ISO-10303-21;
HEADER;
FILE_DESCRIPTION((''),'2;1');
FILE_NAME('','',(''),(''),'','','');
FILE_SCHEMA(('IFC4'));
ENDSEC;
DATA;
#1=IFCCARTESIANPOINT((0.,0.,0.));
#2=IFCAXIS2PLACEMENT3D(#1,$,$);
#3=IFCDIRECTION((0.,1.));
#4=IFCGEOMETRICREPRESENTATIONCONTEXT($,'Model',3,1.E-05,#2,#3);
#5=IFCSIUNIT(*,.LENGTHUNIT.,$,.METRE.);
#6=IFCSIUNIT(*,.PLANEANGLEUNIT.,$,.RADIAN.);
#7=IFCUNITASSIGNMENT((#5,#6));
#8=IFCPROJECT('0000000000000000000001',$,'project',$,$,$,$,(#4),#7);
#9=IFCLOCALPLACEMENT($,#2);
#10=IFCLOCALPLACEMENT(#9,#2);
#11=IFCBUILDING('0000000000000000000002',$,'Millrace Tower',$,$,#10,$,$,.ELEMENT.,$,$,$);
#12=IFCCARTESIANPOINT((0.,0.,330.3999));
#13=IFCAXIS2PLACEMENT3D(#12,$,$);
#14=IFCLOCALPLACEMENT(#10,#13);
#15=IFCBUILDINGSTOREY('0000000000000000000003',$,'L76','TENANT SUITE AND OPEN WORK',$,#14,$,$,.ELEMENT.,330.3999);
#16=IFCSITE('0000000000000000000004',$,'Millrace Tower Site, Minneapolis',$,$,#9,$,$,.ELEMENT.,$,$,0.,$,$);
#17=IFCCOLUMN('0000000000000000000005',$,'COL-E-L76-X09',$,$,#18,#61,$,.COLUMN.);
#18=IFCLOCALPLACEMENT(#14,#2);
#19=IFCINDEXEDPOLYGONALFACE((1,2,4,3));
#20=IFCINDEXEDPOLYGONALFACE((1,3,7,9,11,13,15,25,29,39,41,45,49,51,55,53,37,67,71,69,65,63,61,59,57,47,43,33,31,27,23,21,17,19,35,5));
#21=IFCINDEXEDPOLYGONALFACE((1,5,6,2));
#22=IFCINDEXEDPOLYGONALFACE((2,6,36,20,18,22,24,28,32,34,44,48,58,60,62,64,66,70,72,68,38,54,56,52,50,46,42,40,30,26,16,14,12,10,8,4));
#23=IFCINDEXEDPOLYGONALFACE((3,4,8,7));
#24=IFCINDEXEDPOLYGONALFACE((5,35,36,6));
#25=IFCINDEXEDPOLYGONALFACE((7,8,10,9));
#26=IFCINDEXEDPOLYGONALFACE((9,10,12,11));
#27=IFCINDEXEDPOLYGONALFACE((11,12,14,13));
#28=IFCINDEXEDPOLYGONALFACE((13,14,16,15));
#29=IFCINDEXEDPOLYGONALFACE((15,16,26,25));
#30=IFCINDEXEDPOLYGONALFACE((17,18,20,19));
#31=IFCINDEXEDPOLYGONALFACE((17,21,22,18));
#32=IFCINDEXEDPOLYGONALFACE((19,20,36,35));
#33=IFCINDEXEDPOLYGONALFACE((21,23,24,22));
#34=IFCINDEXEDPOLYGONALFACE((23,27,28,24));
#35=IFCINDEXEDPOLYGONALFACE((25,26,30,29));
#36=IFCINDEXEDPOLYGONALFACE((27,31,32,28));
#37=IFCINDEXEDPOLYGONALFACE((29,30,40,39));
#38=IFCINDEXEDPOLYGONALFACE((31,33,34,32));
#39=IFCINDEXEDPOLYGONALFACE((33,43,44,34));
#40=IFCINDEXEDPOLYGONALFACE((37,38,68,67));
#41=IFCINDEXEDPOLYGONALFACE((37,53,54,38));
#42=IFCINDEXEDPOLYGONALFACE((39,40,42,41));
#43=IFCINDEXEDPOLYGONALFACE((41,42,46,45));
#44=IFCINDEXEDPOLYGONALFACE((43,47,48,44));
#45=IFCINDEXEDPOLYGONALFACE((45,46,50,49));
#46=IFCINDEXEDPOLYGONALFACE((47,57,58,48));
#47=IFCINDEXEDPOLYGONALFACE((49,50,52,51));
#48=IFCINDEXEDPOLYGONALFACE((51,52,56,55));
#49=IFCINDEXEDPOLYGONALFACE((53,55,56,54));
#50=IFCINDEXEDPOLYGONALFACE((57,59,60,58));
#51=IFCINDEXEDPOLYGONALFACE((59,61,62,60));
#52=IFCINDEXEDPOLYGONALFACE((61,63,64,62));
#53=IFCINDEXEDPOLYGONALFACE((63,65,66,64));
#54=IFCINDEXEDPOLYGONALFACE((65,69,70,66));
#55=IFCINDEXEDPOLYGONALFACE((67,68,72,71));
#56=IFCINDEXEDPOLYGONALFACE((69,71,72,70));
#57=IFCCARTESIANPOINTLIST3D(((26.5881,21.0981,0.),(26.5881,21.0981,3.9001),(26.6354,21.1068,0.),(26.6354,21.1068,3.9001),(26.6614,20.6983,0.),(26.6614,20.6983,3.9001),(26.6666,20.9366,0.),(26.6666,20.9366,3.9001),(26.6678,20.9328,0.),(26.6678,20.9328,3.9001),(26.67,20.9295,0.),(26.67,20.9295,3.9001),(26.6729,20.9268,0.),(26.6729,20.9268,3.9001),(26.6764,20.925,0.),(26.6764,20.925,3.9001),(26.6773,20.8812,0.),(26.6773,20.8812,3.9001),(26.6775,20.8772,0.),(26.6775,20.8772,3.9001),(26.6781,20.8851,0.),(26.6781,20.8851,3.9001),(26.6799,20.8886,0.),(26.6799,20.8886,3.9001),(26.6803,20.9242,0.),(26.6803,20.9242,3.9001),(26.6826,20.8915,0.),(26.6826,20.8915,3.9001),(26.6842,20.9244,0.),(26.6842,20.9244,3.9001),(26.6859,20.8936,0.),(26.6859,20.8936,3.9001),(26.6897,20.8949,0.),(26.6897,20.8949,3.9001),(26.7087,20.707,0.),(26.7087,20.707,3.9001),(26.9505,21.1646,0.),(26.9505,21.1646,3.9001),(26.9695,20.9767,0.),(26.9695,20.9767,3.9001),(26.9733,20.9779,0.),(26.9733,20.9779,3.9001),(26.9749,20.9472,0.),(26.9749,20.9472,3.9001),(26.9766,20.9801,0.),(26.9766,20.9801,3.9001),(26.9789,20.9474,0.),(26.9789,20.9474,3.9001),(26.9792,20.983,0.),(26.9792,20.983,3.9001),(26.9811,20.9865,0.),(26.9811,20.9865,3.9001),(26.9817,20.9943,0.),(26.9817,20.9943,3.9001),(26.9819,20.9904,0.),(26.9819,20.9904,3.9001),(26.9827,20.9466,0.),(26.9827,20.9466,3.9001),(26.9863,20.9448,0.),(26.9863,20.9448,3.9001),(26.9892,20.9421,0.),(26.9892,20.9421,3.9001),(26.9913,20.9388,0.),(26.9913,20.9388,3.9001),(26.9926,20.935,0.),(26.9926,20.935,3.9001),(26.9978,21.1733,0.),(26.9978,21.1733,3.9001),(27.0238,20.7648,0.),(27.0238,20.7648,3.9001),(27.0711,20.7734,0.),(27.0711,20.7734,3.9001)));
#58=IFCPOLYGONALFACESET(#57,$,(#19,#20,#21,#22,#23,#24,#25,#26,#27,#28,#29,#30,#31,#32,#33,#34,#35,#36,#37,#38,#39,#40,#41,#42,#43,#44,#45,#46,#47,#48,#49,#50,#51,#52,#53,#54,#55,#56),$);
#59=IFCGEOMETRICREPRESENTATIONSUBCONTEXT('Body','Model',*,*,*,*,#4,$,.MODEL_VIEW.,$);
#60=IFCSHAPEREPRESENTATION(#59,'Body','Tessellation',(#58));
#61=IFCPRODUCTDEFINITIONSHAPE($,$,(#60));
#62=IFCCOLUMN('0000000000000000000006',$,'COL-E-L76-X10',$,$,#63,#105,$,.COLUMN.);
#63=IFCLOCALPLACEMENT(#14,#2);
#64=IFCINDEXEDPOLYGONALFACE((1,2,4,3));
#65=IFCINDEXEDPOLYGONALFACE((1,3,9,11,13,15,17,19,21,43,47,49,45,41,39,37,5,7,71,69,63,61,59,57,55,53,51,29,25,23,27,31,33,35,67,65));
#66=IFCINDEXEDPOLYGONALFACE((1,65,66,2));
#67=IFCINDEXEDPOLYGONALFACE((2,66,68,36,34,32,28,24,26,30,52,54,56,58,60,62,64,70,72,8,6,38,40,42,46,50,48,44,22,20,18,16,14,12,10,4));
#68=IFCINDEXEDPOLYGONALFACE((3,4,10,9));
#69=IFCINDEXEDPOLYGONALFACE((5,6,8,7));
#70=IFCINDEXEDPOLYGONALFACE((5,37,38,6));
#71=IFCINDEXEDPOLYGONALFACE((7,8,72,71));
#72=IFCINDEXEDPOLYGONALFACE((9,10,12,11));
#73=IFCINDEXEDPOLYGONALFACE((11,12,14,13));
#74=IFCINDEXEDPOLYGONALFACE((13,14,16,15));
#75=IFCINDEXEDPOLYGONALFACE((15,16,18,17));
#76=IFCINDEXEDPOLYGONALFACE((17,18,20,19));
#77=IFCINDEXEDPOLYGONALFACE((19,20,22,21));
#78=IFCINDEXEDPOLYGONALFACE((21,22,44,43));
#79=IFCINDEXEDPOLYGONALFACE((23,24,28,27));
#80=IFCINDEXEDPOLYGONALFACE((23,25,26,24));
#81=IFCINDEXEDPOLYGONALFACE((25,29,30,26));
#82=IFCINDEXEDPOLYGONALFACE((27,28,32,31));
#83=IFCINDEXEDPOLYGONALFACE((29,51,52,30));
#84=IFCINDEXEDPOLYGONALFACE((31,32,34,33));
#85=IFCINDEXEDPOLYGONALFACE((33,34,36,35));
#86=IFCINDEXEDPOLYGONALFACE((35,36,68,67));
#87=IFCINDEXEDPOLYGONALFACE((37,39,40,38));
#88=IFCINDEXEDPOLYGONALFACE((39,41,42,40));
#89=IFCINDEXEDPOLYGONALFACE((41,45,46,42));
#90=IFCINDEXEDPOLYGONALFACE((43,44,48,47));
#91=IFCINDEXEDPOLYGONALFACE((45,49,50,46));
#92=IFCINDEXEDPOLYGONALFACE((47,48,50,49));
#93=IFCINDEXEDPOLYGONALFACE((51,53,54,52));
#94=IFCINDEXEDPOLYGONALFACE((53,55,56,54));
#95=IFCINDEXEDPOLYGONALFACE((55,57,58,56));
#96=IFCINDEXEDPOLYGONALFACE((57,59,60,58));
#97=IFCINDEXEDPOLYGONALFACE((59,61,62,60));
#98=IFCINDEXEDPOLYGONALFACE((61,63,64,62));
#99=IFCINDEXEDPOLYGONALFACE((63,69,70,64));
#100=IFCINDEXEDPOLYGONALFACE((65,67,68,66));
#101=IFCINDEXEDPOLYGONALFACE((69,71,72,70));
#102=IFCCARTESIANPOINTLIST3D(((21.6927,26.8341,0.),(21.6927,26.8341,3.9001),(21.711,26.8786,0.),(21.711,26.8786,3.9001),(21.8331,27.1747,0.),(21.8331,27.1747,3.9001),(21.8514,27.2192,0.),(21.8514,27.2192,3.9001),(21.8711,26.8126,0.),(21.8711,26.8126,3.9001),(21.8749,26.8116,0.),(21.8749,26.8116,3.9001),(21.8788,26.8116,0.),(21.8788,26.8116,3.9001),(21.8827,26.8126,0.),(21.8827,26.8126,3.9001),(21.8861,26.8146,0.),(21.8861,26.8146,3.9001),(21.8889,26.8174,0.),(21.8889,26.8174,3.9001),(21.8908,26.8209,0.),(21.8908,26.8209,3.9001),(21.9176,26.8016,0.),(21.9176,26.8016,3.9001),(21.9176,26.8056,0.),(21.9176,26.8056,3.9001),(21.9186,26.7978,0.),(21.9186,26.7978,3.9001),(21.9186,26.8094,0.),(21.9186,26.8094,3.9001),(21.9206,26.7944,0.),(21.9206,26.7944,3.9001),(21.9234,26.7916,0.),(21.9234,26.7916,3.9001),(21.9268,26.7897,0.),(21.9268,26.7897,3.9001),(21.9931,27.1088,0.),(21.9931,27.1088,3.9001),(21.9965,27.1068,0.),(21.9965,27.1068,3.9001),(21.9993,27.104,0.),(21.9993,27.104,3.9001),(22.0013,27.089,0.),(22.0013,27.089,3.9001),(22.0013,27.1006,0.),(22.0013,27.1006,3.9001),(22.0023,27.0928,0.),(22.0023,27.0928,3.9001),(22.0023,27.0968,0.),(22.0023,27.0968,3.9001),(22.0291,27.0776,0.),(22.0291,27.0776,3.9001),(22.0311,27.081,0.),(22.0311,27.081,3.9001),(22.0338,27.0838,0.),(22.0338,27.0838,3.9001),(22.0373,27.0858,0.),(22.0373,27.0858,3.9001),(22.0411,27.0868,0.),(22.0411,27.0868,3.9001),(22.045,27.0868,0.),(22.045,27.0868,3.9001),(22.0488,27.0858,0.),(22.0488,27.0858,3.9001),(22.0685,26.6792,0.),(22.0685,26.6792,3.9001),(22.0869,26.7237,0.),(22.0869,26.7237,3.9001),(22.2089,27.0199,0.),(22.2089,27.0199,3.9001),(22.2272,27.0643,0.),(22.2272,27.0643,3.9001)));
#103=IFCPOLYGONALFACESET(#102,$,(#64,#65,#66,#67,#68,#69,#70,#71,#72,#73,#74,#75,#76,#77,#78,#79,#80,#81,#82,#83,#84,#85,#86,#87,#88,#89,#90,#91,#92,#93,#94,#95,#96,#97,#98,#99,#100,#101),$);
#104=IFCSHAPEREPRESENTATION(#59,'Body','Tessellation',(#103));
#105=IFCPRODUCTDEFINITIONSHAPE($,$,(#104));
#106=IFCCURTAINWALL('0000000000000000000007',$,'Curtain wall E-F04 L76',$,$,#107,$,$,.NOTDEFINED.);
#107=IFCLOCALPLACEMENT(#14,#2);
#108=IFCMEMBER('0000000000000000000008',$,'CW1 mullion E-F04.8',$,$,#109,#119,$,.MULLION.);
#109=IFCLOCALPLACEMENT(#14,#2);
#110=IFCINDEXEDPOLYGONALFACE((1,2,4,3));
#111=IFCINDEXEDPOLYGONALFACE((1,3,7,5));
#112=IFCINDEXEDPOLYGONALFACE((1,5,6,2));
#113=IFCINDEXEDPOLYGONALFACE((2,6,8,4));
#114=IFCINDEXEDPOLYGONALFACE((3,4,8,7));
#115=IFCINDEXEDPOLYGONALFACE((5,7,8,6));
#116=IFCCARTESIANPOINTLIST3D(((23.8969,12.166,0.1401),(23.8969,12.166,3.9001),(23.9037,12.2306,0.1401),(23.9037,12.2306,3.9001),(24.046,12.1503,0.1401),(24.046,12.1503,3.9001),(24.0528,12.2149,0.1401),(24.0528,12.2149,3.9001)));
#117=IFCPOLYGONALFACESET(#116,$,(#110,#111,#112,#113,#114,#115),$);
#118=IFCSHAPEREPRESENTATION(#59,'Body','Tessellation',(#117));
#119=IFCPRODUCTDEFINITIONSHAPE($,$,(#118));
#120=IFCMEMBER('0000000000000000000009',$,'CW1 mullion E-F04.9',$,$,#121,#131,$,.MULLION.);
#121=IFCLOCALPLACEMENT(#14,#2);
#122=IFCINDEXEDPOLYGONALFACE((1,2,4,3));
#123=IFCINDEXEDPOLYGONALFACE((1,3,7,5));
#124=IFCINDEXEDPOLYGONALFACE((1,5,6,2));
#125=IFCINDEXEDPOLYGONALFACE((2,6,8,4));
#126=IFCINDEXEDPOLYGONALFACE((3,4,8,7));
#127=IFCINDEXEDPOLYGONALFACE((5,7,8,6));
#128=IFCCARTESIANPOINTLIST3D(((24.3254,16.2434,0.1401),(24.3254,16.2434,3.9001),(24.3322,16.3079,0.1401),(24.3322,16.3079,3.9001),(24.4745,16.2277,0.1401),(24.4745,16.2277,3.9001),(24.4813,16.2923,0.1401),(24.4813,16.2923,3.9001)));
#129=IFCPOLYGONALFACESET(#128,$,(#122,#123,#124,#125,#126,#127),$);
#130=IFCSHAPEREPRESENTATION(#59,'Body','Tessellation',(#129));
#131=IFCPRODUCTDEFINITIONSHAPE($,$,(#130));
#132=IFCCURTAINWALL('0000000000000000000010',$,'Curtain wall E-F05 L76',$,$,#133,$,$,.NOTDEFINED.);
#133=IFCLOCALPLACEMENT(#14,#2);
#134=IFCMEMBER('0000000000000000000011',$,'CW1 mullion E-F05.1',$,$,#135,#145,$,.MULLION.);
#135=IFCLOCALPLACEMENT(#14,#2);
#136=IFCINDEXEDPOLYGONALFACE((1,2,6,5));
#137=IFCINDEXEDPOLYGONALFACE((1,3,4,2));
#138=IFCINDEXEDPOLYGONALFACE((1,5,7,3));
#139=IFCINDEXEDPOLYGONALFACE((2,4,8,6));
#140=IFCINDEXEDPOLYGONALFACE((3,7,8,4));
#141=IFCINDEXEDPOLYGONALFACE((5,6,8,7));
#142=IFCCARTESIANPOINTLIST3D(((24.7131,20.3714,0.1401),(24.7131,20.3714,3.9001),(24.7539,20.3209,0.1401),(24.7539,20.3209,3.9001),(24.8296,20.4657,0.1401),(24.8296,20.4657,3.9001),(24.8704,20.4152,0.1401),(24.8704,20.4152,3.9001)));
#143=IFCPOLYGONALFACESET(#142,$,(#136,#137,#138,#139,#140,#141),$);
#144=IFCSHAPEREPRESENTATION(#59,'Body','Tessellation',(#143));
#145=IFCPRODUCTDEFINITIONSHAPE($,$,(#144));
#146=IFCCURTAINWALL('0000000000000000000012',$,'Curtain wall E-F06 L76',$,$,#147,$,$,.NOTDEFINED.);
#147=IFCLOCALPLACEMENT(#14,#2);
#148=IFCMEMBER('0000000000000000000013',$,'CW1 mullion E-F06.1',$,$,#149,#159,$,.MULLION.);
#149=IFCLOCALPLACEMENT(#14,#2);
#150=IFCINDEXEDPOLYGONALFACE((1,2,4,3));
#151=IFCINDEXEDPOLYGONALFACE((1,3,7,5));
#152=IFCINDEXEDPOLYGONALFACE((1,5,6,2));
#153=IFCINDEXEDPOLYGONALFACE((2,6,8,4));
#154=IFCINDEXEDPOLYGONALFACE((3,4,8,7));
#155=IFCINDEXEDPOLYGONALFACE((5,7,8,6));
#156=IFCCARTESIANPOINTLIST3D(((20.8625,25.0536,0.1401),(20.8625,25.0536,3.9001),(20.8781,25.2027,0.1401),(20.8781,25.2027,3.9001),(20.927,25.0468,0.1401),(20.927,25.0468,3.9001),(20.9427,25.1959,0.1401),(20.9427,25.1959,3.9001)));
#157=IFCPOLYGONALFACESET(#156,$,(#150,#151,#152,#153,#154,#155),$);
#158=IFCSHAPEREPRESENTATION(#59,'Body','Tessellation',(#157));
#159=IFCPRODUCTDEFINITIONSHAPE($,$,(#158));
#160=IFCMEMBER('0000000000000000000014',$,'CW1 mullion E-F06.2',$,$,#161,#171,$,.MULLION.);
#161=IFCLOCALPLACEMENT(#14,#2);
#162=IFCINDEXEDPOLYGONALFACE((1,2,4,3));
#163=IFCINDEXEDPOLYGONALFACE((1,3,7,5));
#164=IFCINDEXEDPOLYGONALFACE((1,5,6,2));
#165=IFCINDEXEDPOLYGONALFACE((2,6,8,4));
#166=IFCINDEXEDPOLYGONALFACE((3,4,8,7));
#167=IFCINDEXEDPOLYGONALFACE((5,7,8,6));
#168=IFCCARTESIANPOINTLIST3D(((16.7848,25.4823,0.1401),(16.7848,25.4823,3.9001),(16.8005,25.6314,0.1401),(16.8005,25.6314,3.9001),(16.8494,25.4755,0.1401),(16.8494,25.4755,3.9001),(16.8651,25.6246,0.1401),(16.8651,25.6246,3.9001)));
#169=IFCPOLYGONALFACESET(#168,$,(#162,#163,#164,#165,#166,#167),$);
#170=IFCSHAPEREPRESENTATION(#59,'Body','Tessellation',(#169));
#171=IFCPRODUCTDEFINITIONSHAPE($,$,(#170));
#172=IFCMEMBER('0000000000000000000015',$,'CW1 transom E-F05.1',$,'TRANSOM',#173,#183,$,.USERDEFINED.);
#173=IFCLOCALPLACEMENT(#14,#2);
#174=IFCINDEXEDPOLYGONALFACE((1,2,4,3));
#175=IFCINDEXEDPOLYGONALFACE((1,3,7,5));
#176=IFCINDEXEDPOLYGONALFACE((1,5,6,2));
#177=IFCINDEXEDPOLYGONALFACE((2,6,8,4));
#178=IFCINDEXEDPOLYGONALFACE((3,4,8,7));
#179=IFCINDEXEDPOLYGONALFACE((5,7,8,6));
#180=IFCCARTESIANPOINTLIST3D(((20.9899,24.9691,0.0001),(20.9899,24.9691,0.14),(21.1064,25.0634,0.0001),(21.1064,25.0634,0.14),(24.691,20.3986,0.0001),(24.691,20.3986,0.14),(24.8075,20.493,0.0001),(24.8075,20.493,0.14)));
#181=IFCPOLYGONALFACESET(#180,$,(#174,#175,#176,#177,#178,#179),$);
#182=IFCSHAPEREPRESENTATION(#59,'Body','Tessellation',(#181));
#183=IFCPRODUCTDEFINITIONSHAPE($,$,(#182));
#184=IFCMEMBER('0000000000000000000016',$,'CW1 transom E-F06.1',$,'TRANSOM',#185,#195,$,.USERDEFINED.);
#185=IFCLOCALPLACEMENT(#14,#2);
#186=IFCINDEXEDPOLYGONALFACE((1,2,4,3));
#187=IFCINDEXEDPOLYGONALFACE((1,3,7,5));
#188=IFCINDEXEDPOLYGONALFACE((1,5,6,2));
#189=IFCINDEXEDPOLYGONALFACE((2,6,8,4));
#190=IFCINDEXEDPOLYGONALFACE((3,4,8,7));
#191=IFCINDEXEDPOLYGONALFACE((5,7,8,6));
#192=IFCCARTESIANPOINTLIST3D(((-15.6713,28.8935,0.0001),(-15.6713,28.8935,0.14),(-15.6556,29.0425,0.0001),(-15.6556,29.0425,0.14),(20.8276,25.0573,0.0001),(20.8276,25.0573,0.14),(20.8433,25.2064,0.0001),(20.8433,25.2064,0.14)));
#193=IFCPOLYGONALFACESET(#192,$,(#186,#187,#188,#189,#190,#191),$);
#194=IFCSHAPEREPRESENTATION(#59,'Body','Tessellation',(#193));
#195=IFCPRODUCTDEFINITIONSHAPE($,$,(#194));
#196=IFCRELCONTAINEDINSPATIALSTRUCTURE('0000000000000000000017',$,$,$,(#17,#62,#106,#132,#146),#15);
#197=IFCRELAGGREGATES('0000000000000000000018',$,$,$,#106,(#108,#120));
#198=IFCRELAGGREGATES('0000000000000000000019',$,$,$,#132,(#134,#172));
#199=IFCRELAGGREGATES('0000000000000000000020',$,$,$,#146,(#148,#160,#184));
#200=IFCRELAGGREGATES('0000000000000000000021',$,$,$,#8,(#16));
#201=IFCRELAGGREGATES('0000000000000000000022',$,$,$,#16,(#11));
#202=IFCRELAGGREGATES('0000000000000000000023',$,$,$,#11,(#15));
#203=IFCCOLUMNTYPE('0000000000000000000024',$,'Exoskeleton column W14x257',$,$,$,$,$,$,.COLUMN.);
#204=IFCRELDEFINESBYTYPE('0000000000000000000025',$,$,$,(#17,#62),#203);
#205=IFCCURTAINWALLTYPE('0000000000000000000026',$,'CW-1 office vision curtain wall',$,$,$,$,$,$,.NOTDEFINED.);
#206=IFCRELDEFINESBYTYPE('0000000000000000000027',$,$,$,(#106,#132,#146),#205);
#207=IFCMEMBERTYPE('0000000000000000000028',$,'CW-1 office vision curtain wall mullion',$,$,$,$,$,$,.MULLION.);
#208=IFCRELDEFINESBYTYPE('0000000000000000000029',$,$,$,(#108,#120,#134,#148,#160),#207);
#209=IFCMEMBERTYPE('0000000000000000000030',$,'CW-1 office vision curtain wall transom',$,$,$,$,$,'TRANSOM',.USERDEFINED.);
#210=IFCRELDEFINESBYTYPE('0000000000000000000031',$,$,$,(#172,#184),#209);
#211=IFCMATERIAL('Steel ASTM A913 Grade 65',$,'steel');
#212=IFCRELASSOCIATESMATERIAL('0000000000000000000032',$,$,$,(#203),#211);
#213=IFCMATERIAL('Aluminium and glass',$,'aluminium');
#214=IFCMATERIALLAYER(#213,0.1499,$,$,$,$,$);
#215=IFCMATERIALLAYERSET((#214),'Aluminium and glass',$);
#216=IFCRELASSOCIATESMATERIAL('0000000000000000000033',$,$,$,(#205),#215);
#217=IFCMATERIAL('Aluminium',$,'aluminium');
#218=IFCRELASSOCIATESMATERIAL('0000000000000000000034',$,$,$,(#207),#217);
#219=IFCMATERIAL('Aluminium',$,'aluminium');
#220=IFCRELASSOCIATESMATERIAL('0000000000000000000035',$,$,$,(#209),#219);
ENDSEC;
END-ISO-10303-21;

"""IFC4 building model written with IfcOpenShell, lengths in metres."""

from ifc_helpers import new_model, si_unit, direction, frame, origin, origin_2d, place, context, subcontext, project, spatial, rectangle, i_section, extrude, material, layer, layer_set, material_profile, profile_set, type_object, element, aggregate, save


model = new_model("IFC4")

# Units and contexts
model_context = context("Model", 3, precision=1e-05, world=origin(), true_north=direction((0.0, 1.0)))
body_context = subcontext(model_context, "Body", "Model", "MODEL_VIEW")
ifc_project = project(units=[si_unit("LENGTHUNIT", "METRE"), si_unit("PLANEANGLEUNIT", "RADIAN")], contexts=[model_context])

# Site, building, storey
site_placement = place(None, origin())
site = spatial("IfcSite", under=ifc_project, at=site_placement, Name="Millrace Tower Site, Minneapolis", CompositionType="ELEMENT", RefElevation=0.0)
building_placement = place(site_placement, origin())
building = spatial("IfcBuilding", under=site, at=building_placement, Name="Millrace Tower", CompositionType="ELEMENT")
storey_placement = place(building_placement, frame((0.0, 0.0, 330.3999)))
storey = spatial("IfcBuildingStorey", under=building, at=storey_placement, Name="L76", Description="TENANT SUITE AND OPEN WORK", CompositionType="ELEMENT", Elevation=330.3999)

# Columns
ifc_material_1 = material(Name="Steel ASTM A913 Grade 65", Category="steel")
ifc_material_profile_1 = material_profile(ifc_material_1, i_section(OverallWidth=0.4065, OverallDepth=0.4165, WebThickness=0.03, FlangeThickness=0.0481, FilletRadius=0.0151, at=origin_2d()))
ifc_profile_set_1 = profile_set([ifc_material_profile_1], Name="Steel ASTM A913 Grade 65")
column_type = type_object("IfcColumnType", Name="Exoskeleton column W14x257", PredefinedType="COLUMN", material=ifc_profile_set_1)
for number, where, z_axis, x_axis, name in (
    (1, (26.8296, 20.9358, 0.0), (0.0, 0.0, 1.0), (-0.180387, 0.983596, 0.0), "COL-E-L76-X09"),
    (2, (21.96, 26.9492, 0.0), (0.0, 0.0, 1.0), (-0.924597, 0.380947, 0.0), "COL-E-L76-X10"),
):
    element("IfcColumn", number, at=place(storey_placement, frame(where, z_axis=z_axis, x_axis=x_axis)), inside=storey, type_object=column_type, Name=name, PredefinedType="COLUMN", context=body_context, shape_type="SweptSolid", body=[
        extrude(i_section(OverallWidth=0.4065, OverallDepth=0.4165, WebThickness=0.03, FlangeThickness=0.0481, FilletRadius=0.0151, at=origin_2d()), origin(), (0.0, 0.0, 1.0), 3.9001),
    ])

# Curtain wall, members
ifc_material_2 = material(Name="Aluminium and glass", Category="aluminium")
ifc_layer_1 = layer(ifc_material_2, 0.1499)
ifc_layer_set_1 = layer_set([ifc_layer_1], Name="Aluminium and glass")
curtain_wall_type = type_object("IfcCurtainWallType", Name="CW-1 office vision curtain wall", PredefinedType="NOTDEFINED", material=ifc_layer_set_1)
placement = place(storey_placement, origin())
curtain_wall_1 = element("IfcCurtainWall", 3, at=placement, inside=storey, type_object=curtain_wall_type, Name="Curtain wall E-F04 L76", PredefinedType="NOTDEFINED")
ifc_material_3 = material(Name="Aluminium", Category="aluminium")
ifc_material_profile_2 = material_profile(ifc_material_3, rectangle(XDim=0.0649, YDim=0.1499, at=origin_2d()))
ifc_profile_set_2 = profile_set([ifc_material_profile_2], Name="Aluminium")
member_type_1 = type_object("IfcMemberType", Name="CW-1 office vision curtain wall mullion", PredefinedType="MULLION", material=ifc_profile_set_2)
member_1_placement = place(storey_placement, frame((23.9749, 12.1904, 0.1401), z_axis=(0.0, 0.0, 1.0), x_axis=(0.104528, 0.994522, 0.0)))
member_1 = element("IfcMember", 4, at=member_1_placement, type_object=member_type_1, Name="CW1 mullion E-F04.8", PredefinedType="MULLION", context=body_context, shape_type="SweptSolid", body=[
    extrude(rectangle(XDim=0.0649, YDim=0.1499, at=origin_2d()), origin(), (0.0, 0.0, 1.0), 3.76),
])
member_2_placement = place(storey_placement, frame((24.4033, 16.2678, 0.1401), z_axis=(0.0, 0.0, 1.0), x_axis=(0.104528, 0.994522, 0.0)))
member_2 = element("IfcMember", 5, at=member_2_placement, type_object=member_type_1, Name="CW1 mullion E-F04.9", PredefinedType="MULLION", context=body_context, shape_type="SweptSolid", body=[
    extrude(rectangle(XDim=0.0649, YDim=0.1499, at=origin_2d()), origin(), (0.0, 0.0, 1.0), 3.76),
])
aggregate(curtain_wall_1, [member_1, member_2])

# Curtain wall, member
curtain_wall_2 = element("IfcCurtainWall", 6, at=placement, inside=storey, type_object=curtain_wall_type, Name="Curtain wall E-F05 L76", PredefinedType="NOTDEFINED")
member_3_placement = place(storey_placement, frame((24.7917, 20.3933, 0.1401), z_axis=(0.0, 0.0, 1.0), x_axis=(-0.62932, 0.777146, 0.0)))
member_3 = element("IfcMember", 7, at=member_3_placement, type_object=member_type_1, Name="CW1 mullion E-F05.1", PredefinedType="MULLION", context=body_context, shape_type="SweptSolid", body=[
    extrude(rectangle(XDim=0.0649, YDim=0.1499, at=origin_2d()), origin(), (0.0, 0.0, 1.0), 3.76),
])

# Curtain wall, members
curtain_wall_3 = element("IfcCurtainWall", 8, at=placement, inside=storey, type_object=curtain_wall_type, Name="Curtain wall E-F06 L76", PredefinedType="NOTDEFINED")
member_4_placement = place(storey_placement, frame((20.9026, 25.1248, 0.1401), z_axis=(0.0, 0.0, 1.0), x_axis=(-0.994522, 0.104528, 0.0)))
member_4 = element("IfcMember", 9, at=member_4_placement, type_object=member_type_1, Name="CW1 mullion E-F06.1", PredefinedType="MULLION", context=body_context, shape_type="SweptSolid", body=[
    extrude(rectangle(XDim=0.0649, YDim=0.1499, at=origin_2d()), origin(), (0.0, 0.0, 1.0), 3.76),
])
member_5_placement = place(storey_placement, frame((16.825, 25.5535, 0.1401), z_axis=(0.0, 0.0, 1.0), x_axis=(-0.994522, 0.104528, 0.0)))
member_5 = element("IfcMember", 10, at=member_5_placement, type_object=member_type_1, Name="CW1 mullion E-F06.2", PredefinedType="MULLION", context=body_context, shape_type="SweptSolid", body=[
    extrude(rectangle(XDim=0.0649, YDim=0.1499, at=origin_2d()), origin(), (0.0, 0.0, 1.0), 3.76),
])

# Members
ifc_material_4 = material(Name="Aluminium", Category="aluminium")
ifc_material_profile_3 = material_profile(ifc_material_4, rectangle(XDim=0.1499, YDim=0.1399, at=origin_2d()))
ifc_profile_set_3 = profile_set([ifc_material_profile_3], Name="Aluminium")
member_type_2 = type_object("IfcMemberType", Name="CW-1 office vision curtain wall transom", ElementType="TRANSOM", PredefinedType="USERDEFINED", material=ifc_profile_set_3)
member_6_placement = place(storey_placement, frame((24.7493, 20.4458, 0.0701), z_axis=(-0.629321, 0.777145, 0.0), x_axis=(-0.777145, -0.629321, 0.0)))
member_6 = element("IfcMember", 11, at=member_6_placement, type_object=member_type_2, Name="CW1 transom E-F05.1", ObjectType="TRANSOM", PredefinedType="USERDEFINED", context=body_context, shape_type="SweptSolid", body=[
    extrude(rectangle(XDim=0.1499, YDim=0.1399, at=origin_2d()), origin(), (0.0, 0.0, 1.0), 5.8811),
])
aggregate(curtain_wall_2, [member_3, member_6])
member_7_placement = place(storey_placement, frame((20.8354, 25.1318, 0.0701), z_axis=(-0.994522, 0.104528, 0.0), x_axis=(-0.104528, -0.994522, 0.0)))
member_7 = element("IfcMember", 12, at=member_7_placement, type_object=member_type_2, Name="CW1 transom E-F06.1", ObjectType="TRANSOM", PredefinedType="USERDEFINED", context=body_context, shape_type="SweptSolid", body=[
    extrude(rectangle(XDim=0.1499, YDim=0.1399, at=origin_2d()), origin(), (0.0, 0.0, 1.0), 36.7),
])
aggregate(curtain_wall_3, [member_4, member_5, member_7])

save(model, "model.ifc")
